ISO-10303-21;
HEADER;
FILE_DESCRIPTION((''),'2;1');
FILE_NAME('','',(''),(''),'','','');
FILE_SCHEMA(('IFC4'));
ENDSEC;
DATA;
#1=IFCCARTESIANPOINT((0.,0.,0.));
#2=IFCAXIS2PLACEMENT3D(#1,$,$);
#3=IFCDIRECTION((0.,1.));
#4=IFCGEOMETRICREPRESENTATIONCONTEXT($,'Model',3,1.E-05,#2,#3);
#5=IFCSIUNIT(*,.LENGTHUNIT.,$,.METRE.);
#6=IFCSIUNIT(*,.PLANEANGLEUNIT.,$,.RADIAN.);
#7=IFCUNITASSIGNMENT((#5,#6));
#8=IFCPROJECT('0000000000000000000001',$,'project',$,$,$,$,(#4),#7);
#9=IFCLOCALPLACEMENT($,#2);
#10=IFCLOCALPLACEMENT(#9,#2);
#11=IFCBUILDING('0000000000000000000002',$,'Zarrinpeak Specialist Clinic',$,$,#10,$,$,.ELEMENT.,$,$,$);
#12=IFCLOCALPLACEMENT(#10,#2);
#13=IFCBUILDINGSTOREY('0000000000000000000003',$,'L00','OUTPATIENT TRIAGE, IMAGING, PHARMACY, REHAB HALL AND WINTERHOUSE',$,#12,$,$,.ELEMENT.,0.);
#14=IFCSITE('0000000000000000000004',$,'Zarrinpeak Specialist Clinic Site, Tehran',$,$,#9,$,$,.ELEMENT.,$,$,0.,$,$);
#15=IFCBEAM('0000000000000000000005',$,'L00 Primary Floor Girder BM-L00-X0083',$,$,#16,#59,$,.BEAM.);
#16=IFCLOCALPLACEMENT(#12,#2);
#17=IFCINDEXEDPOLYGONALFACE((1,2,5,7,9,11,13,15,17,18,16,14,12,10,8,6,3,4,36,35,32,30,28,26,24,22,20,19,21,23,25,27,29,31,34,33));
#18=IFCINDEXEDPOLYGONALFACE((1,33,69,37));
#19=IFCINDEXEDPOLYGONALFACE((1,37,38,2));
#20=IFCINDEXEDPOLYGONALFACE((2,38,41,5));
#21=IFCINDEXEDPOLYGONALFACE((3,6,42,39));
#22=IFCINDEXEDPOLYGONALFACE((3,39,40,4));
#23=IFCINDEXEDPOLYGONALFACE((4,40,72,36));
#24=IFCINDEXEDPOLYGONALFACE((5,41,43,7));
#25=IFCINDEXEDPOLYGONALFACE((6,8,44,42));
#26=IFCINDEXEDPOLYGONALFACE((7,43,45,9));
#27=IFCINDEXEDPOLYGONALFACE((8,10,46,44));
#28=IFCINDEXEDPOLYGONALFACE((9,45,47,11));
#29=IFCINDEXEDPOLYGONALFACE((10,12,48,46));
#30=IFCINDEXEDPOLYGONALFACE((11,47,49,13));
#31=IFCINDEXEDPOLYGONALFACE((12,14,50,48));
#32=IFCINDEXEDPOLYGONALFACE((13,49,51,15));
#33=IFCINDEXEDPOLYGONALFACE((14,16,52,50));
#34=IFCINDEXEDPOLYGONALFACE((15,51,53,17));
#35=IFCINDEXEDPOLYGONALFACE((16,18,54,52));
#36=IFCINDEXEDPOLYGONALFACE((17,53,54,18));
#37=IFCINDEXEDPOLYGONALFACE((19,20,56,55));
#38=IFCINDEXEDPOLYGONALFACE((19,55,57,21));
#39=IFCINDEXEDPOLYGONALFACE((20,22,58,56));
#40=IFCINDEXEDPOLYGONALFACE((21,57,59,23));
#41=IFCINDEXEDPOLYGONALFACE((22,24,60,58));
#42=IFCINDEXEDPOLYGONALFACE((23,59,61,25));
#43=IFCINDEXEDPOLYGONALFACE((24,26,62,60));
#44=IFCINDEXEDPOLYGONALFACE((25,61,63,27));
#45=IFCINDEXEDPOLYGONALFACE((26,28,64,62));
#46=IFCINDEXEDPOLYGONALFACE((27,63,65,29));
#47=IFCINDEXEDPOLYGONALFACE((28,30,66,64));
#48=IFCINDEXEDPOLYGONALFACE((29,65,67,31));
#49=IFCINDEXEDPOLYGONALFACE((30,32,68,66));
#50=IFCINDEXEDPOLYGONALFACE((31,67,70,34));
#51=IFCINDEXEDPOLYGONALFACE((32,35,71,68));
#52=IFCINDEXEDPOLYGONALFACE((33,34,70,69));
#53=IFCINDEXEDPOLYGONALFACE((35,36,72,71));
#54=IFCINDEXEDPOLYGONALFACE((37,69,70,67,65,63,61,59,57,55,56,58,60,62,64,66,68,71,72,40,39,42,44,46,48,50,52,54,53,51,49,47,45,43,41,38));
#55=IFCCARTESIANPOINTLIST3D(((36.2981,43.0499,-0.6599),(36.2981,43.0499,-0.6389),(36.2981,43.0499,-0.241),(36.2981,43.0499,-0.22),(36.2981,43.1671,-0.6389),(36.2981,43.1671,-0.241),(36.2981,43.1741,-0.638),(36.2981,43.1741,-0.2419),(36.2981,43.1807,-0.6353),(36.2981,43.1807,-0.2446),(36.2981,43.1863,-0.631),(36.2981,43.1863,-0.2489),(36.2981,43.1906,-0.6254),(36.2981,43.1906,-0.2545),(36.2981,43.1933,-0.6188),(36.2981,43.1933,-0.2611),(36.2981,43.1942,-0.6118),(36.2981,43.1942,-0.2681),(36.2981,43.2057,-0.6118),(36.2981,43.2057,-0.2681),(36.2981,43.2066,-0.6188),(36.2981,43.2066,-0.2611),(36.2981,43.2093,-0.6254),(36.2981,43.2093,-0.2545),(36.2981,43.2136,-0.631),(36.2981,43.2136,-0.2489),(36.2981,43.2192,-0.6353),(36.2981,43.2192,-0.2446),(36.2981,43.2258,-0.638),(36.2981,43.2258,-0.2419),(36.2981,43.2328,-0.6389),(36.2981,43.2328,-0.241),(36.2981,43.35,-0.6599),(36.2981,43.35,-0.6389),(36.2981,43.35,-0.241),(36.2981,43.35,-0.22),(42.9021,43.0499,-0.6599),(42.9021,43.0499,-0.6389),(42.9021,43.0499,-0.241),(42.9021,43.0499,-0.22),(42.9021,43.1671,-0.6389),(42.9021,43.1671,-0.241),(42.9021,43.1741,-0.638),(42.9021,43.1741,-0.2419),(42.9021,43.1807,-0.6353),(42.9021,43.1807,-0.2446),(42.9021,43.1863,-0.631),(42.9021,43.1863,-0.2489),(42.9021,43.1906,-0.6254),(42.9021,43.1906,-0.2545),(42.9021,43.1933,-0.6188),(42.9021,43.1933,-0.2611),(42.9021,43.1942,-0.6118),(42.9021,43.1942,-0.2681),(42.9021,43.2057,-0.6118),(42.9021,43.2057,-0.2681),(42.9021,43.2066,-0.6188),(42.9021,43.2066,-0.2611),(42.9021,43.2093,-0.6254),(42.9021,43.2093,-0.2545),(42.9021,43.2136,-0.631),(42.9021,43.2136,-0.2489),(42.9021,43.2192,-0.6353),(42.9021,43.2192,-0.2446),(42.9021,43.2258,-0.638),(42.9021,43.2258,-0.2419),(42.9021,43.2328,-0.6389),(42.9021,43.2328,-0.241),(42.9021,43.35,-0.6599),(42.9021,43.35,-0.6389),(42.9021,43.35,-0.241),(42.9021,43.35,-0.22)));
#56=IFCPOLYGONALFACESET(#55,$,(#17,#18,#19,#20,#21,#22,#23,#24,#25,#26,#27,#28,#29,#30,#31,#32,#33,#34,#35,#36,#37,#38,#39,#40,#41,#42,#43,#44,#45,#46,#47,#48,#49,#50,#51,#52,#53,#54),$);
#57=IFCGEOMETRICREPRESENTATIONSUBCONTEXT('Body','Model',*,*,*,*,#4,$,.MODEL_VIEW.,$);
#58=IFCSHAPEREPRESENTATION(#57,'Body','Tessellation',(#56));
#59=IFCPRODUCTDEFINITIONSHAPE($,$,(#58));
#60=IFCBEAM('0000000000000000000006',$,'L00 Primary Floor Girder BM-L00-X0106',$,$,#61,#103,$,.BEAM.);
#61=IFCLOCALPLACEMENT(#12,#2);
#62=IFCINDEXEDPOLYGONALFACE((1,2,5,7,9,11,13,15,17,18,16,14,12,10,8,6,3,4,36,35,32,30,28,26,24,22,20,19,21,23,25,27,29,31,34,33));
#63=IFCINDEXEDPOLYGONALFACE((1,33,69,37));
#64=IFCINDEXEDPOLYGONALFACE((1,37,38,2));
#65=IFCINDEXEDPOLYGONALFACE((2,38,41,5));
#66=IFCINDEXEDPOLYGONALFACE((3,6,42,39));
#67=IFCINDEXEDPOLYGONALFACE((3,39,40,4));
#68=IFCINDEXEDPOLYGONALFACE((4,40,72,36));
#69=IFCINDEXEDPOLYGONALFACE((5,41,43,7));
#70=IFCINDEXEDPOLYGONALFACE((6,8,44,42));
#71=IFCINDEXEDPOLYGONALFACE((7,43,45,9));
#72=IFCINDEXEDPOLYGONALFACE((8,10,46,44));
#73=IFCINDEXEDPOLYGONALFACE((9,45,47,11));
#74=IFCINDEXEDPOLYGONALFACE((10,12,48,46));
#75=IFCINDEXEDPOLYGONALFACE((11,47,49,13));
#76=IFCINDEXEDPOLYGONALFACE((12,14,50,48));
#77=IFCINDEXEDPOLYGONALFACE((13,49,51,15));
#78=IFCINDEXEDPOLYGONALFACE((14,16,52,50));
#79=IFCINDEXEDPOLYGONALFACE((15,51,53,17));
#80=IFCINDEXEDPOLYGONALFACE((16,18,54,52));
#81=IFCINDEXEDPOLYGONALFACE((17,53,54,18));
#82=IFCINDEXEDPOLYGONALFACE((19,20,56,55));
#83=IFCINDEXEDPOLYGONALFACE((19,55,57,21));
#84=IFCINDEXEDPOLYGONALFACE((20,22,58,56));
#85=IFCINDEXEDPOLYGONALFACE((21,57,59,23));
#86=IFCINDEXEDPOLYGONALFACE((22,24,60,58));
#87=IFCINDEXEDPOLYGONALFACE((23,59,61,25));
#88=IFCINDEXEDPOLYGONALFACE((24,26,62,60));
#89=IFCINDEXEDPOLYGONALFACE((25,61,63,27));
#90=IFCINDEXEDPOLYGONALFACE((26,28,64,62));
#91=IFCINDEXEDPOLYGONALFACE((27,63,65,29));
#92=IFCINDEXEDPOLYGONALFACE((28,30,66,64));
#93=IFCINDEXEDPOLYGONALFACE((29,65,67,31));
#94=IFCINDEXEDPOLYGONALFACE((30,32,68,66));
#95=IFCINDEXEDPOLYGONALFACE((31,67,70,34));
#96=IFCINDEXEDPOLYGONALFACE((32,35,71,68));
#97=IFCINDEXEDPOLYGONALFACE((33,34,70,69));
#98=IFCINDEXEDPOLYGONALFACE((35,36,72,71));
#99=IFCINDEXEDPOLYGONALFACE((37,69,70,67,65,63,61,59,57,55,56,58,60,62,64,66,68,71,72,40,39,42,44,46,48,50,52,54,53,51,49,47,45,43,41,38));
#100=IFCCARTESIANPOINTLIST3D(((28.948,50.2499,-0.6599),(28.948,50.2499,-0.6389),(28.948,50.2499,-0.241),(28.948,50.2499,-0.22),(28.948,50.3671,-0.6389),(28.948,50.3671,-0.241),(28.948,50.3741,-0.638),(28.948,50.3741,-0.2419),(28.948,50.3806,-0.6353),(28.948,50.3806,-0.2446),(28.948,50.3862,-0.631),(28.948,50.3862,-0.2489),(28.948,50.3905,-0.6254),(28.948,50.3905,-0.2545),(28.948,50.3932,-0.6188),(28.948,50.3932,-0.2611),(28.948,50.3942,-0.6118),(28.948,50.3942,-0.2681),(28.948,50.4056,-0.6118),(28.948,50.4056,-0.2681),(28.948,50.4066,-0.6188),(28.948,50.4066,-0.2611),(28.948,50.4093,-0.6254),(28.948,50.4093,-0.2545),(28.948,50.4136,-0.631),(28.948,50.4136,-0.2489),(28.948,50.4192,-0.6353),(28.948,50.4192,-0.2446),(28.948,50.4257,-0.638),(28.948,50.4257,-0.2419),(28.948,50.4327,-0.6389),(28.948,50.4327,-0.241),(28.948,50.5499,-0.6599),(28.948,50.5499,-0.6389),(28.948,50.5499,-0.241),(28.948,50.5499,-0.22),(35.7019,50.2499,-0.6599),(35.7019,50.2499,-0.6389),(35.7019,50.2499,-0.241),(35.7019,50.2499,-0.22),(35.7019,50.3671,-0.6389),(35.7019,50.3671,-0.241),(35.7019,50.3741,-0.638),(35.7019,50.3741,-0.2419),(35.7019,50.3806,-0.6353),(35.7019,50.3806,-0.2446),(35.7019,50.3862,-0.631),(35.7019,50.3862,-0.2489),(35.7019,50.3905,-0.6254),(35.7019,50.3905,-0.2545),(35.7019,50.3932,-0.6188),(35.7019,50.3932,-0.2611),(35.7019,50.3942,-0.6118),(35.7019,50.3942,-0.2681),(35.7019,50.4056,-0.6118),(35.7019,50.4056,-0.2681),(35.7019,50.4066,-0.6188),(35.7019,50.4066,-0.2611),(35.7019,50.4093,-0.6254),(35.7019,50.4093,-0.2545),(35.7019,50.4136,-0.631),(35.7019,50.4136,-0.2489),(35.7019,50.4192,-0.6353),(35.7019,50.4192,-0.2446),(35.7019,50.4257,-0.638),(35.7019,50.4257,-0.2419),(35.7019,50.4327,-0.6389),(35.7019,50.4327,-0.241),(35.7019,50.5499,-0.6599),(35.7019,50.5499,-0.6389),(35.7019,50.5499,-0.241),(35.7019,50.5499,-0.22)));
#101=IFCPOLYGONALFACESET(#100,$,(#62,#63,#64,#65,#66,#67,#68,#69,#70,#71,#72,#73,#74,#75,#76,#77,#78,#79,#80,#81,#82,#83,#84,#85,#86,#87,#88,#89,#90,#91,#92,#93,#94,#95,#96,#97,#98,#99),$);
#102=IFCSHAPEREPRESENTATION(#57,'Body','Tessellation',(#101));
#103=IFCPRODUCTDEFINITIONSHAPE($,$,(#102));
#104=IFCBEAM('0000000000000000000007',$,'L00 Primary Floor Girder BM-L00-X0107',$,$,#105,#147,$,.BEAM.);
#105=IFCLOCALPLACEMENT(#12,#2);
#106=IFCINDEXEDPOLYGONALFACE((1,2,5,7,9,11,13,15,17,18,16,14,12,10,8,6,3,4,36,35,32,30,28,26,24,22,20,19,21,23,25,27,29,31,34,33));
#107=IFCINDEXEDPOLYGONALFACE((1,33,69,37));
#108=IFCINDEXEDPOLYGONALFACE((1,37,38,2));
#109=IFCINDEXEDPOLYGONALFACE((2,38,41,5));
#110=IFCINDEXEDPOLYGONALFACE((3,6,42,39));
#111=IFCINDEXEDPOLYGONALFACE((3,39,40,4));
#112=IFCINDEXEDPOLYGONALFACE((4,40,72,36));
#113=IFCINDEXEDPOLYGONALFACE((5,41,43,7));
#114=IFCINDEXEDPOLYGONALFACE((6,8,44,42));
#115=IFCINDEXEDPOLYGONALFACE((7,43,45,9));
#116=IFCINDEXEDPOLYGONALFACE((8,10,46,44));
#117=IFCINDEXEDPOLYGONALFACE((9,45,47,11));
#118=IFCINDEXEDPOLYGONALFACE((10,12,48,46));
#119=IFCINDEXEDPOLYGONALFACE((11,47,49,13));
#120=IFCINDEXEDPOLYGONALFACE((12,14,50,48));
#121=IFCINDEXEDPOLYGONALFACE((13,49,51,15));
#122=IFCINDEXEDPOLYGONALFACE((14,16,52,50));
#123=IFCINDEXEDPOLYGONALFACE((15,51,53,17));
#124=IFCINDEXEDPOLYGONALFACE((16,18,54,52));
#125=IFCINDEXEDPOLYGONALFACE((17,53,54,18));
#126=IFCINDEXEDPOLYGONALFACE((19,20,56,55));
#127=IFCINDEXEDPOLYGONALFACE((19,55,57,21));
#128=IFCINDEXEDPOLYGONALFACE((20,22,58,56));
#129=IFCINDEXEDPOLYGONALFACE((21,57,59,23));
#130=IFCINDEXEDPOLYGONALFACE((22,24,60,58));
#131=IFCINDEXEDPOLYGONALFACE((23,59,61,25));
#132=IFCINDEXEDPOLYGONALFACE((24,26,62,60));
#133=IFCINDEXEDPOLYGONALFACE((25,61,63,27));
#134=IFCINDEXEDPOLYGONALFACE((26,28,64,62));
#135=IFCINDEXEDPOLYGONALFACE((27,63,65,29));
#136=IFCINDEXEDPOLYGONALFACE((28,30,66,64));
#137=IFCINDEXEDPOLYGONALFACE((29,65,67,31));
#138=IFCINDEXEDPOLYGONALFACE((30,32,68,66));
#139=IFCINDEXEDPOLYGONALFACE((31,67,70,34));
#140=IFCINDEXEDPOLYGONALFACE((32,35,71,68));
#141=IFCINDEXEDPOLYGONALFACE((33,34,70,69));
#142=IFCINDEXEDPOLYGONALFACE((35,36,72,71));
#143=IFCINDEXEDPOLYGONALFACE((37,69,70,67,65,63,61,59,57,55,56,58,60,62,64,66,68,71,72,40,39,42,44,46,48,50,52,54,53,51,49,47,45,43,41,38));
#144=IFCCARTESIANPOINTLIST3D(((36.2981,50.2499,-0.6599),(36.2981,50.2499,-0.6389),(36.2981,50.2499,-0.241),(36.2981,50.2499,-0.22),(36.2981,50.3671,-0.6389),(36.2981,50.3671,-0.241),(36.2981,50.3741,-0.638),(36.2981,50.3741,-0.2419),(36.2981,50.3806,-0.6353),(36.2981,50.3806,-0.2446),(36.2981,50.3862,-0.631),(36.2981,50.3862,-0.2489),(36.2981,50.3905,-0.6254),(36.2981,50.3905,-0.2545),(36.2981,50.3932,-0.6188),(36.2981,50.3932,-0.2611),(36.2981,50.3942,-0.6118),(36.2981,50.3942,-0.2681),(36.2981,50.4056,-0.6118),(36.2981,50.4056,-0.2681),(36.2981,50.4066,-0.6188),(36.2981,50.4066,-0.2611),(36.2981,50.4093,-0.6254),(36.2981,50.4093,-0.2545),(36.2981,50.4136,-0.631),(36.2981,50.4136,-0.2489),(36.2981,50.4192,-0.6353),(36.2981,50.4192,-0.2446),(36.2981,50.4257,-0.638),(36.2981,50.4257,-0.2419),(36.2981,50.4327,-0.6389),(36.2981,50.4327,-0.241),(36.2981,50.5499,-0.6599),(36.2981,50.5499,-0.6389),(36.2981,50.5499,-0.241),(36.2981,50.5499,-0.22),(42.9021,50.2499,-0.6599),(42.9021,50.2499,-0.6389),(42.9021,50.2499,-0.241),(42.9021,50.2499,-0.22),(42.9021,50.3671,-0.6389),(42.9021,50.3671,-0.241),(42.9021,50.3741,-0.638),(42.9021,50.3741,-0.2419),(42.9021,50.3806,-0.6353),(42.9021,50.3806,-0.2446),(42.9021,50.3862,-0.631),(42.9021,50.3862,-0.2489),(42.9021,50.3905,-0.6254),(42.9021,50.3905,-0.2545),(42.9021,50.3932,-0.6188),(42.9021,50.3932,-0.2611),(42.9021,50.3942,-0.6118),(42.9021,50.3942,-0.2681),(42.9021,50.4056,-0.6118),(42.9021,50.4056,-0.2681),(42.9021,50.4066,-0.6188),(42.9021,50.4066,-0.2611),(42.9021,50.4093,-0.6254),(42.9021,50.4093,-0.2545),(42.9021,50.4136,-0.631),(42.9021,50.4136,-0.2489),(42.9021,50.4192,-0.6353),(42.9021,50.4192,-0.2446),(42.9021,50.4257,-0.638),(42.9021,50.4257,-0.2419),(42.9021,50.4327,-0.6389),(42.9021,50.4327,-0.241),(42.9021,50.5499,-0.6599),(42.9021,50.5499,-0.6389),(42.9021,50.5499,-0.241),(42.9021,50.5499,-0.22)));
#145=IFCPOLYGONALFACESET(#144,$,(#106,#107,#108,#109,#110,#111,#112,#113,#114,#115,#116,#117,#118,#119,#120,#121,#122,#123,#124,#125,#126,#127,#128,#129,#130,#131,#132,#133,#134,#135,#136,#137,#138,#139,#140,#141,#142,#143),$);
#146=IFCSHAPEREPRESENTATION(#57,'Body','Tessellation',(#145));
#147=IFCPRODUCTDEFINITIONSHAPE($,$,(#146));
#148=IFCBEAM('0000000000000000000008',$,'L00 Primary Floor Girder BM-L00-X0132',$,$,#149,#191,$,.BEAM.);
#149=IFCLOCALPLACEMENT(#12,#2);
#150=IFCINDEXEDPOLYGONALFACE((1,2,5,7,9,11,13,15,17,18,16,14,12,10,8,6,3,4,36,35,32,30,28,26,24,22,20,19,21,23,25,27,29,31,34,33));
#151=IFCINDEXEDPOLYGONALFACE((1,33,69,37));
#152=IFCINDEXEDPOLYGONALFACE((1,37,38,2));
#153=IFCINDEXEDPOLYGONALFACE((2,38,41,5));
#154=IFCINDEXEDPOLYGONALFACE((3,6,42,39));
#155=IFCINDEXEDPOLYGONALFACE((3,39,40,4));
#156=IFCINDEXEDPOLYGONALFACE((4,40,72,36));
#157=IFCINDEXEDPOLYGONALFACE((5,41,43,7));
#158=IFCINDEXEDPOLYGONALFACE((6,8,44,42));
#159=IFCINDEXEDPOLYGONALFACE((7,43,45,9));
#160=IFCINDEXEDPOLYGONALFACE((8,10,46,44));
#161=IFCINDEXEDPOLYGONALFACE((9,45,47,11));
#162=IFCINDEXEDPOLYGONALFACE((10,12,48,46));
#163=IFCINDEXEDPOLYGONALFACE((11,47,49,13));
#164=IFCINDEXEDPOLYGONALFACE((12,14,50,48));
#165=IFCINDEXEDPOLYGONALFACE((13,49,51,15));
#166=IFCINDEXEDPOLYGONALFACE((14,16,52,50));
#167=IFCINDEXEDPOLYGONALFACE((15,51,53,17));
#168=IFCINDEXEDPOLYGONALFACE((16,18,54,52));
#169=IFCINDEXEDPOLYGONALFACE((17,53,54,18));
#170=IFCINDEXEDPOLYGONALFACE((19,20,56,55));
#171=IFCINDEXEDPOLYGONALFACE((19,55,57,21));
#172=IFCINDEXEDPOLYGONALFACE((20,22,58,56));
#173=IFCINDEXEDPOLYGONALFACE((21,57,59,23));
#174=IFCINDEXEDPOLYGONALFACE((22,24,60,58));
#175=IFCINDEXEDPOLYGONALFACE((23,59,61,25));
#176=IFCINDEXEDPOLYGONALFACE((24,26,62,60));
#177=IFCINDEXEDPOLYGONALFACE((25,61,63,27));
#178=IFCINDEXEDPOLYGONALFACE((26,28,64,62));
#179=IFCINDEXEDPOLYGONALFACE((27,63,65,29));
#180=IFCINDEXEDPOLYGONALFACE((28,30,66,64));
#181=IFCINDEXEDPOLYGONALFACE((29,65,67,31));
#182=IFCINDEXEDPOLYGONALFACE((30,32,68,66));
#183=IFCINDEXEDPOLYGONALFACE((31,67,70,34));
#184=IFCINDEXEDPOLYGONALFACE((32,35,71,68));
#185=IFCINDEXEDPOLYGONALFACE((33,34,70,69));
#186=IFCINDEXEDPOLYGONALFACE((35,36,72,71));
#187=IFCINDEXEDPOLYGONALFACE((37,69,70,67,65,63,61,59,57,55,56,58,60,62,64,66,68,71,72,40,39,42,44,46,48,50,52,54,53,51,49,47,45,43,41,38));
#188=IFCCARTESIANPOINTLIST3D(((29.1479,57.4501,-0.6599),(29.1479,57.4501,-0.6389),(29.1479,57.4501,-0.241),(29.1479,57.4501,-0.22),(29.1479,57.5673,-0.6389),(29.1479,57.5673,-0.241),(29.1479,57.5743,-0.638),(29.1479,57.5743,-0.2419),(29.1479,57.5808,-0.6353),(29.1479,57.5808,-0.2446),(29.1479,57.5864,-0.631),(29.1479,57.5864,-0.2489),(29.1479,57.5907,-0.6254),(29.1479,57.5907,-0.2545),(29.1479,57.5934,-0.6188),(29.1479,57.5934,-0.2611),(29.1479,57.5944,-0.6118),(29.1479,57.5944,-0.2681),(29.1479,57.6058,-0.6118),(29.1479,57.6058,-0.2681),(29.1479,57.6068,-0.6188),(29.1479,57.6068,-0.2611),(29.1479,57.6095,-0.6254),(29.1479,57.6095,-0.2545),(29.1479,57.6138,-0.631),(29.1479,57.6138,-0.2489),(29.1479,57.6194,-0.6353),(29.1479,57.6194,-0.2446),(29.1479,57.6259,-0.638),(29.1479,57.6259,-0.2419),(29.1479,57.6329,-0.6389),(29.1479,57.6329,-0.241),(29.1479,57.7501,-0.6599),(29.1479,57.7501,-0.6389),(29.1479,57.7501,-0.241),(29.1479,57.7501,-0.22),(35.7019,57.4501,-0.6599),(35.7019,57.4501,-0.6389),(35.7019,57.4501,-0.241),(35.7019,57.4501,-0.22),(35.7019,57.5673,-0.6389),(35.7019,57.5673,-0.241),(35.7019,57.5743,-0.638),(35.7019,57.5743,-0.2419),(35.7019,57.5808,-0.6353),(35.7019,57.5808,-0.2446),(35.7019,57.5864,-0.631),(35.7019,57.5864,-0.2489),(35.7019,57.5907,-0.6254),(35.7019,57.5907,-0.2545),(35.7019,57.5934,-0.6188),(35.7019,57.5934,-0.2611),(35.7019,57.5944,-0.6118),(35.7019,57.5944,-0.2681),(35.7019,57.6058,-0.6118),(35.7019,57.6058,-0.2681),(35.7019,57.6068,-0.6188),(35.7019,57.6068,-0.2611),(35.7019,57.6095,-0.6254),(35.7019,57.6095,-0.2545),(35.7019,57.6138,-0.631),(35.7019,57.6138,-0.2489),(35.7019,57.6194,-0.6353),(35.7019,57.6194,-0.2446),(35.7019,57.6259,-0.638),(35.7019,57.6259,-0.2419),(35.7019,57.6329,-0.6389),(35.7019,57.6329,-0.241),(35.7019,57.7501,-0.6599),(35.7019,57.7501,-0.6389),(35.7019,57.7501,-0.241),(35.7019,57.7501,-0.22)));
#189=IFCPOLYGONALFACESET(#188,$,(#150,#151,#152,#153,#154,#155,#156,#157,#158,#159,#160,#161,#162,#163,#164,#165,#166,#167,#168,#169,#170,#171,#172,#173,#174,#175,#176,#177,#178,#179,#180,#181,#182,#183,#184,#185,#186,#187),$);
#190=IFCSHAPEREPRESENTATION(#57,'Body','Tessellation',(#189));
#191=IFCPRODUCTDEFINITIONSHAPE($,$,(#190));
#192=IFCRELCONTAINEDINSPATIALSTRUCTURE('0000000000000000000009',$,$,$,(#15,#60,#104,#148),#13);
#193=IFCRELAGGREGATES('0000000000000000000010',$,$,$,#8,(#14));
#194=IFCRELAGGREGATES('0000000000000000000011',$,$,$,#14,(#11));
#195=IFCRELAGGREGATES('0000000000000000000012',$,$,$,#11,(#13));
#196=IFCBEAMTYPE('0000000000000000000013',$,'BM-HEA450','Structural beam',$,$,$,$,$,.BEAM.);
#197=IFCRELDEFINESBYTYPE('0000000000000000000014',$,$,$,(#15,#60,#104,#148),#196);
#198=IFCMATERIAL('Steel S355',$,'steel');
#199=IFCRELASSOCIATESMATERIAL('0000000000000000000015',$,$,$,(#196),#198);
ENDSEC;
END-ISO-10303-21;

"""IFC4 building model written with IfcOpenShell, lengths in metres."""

from ifc_helpers import new_model, si_unit, direction, frame, origin, origin_2d, place, context, subcontext, project, spatial, i_section, extrude, material, material_profile, profile_set, type_object, element, save


model = new_model("IFC4")

# Units and contexts
model_context = context("Model", 3, precision=1e-05, world=origin(), true_north=direction((0.0, 1.0)))
body_context = subcontext(model_context, "Body", "Model", "MODEL_VIEW")
ifc_project = project(units=[si_unit("LENGTHUNIT", "METRE"), si_unit("PLANEANGLEUNIT", "RADIAN")], contexts=[model_context])

# Site, building, storey
site_placement = place(None, origin())
site = spatial("IfcSite", under=ifc_project, at=site_placement, Name="Zarrinpeak Specialist Clinic Site, Tehran", CompositionType="ELEMENT", RefElevation=0.0)
building_placement = place(site_placement, origin())
building = spatial("IfcBuilding", under=site, at=building_placement, Name="Zarrinpeak Specialist Clinic", CompositionType="ELEMENT")
storey_placement = place(building_placement, origin())
storey = spatial("IfcBuildingStorey", under=building, at=storey_placement, Name="L00", Description="OUTPATIENT TRIAGE, IMAGING, PHARMACY, REHAB HALL AND WINTERHOUSE", CompositionType="ELEMENT", Elevation=0.0)

# Beams
ifc_material_1 = material(Name="Steel S355", Category="steel")
ifc_material_profile_1 = material_profile(ifc_material_1, i_section(OverallWidth=0.3, OverallDepth=0.4399, WebThickness=0.0115, FlangeThickness=0.021, FilletRadius=0.0271, at=origin_2d()), Name="HEA 450")
ifc_profile_set_1 = profile_set([ifc_material_profile_1], Name="Steel S355")
beam_type_1 = type_object("IfcBeamType", Name="BM-HEA450", Description="Structural beam", PredefinedType="BEAM", material=ifc_profile_set_1)
beam_1_placement = place(storey_placement, frame((36.2981, 43.2, -0.4399), z_axis=(1.0, 0.0, 0.0), x_axis=(0.0, 1.0, 0.0)))
element("IfcBeam", 1, at=beam_1_placement, inside=storey, type_object=beam_type_1, Name="L00 Primary Floor Girder BM-L00-X0083", PredefinedType="BEAM", context=body_context, shape_type="SweptSolid", body=[
    extrude(i_section(OverallWidth=0.3, OverallDepth=0.4399, WebThickness=0.0115, FlangeThickness=0.021, FilletRadius=0.0271, at=origin_2d()), origin(), (0.0, 0.0, 1.0), 6.604),
])
beam_2_placement = place(storey_placement, frame((28.948, 50.3999, -0.4399), z_axis=(1.0, 0.0, 0.0), x_axis=(0.0, 1.0, 0.0)))
element("IfcBeam", 2, at=beam_2_placement, inside=storey, type_object=beam_type_1, Name="L00 Primary Floor Girder BM-L00-X0106", PredefinedType="BEAM", context=body_context, shape_type="SweptSolid", body=[
    extrude(i_section(OverallWidth=0.3, OverallDepth=0.4399, WebThickness=0.0115, FlangeThickness=0.021, FilletRadius=0.0271, at=origin_2d()), origin(), (0.0, 0.0, 1.0), 6.7539),
])
beam_3_placement = place(storey_placement, frame((36.2981, 50.3999, -0.4399), z_axis=(1.0, 0.0, 0.0), x_axis=(0.0, 1.0, 0.0)))
element("IfcBeam", 3, at=beam_3_placement, inside=storey, type_object=beam_type_1, Name="L00 Primary Floor Girder BM-L00-X0107", PredefinedType="BEAM", context=body_context, shape_type="SweptSolid", body=[
    extrude(i_section(OverallWidth=0.3, OverallDepth=0.4399, WebThickness=0.0115, FlangeThickness=0.021, FilletRadius=0.0271, at=origin_2d()), origin(), (0.0, 0.0, 1.0), 6.604),
])
beam_4_placement = place(storey_placement, frame((29.1479, 57.6001, -0.4399), z_axis=(1.0, 0.0, 0.0), x_axis=(0.0, 1.0, 0.0)))
element("IfcBeam", 4, at=beam_4_placement, inside=storey, type_object=beam_type_1, Name="L00 Primary Floor Girder BM-L00-X0132", PredefinedType="BEAM", context=body_context, shape_type="SweptSolid", body=[
    extrude(i_section(OverallWidth=0.3, OverallDepth=0.4399, WebThickness=0.0115, FlangeThickness=0.021, FilletRadius=0.0271, at=origin_2d()), origin(), (0.0, 0.0, 1.0), 6.554),
])

save(model, "model.ifc")
